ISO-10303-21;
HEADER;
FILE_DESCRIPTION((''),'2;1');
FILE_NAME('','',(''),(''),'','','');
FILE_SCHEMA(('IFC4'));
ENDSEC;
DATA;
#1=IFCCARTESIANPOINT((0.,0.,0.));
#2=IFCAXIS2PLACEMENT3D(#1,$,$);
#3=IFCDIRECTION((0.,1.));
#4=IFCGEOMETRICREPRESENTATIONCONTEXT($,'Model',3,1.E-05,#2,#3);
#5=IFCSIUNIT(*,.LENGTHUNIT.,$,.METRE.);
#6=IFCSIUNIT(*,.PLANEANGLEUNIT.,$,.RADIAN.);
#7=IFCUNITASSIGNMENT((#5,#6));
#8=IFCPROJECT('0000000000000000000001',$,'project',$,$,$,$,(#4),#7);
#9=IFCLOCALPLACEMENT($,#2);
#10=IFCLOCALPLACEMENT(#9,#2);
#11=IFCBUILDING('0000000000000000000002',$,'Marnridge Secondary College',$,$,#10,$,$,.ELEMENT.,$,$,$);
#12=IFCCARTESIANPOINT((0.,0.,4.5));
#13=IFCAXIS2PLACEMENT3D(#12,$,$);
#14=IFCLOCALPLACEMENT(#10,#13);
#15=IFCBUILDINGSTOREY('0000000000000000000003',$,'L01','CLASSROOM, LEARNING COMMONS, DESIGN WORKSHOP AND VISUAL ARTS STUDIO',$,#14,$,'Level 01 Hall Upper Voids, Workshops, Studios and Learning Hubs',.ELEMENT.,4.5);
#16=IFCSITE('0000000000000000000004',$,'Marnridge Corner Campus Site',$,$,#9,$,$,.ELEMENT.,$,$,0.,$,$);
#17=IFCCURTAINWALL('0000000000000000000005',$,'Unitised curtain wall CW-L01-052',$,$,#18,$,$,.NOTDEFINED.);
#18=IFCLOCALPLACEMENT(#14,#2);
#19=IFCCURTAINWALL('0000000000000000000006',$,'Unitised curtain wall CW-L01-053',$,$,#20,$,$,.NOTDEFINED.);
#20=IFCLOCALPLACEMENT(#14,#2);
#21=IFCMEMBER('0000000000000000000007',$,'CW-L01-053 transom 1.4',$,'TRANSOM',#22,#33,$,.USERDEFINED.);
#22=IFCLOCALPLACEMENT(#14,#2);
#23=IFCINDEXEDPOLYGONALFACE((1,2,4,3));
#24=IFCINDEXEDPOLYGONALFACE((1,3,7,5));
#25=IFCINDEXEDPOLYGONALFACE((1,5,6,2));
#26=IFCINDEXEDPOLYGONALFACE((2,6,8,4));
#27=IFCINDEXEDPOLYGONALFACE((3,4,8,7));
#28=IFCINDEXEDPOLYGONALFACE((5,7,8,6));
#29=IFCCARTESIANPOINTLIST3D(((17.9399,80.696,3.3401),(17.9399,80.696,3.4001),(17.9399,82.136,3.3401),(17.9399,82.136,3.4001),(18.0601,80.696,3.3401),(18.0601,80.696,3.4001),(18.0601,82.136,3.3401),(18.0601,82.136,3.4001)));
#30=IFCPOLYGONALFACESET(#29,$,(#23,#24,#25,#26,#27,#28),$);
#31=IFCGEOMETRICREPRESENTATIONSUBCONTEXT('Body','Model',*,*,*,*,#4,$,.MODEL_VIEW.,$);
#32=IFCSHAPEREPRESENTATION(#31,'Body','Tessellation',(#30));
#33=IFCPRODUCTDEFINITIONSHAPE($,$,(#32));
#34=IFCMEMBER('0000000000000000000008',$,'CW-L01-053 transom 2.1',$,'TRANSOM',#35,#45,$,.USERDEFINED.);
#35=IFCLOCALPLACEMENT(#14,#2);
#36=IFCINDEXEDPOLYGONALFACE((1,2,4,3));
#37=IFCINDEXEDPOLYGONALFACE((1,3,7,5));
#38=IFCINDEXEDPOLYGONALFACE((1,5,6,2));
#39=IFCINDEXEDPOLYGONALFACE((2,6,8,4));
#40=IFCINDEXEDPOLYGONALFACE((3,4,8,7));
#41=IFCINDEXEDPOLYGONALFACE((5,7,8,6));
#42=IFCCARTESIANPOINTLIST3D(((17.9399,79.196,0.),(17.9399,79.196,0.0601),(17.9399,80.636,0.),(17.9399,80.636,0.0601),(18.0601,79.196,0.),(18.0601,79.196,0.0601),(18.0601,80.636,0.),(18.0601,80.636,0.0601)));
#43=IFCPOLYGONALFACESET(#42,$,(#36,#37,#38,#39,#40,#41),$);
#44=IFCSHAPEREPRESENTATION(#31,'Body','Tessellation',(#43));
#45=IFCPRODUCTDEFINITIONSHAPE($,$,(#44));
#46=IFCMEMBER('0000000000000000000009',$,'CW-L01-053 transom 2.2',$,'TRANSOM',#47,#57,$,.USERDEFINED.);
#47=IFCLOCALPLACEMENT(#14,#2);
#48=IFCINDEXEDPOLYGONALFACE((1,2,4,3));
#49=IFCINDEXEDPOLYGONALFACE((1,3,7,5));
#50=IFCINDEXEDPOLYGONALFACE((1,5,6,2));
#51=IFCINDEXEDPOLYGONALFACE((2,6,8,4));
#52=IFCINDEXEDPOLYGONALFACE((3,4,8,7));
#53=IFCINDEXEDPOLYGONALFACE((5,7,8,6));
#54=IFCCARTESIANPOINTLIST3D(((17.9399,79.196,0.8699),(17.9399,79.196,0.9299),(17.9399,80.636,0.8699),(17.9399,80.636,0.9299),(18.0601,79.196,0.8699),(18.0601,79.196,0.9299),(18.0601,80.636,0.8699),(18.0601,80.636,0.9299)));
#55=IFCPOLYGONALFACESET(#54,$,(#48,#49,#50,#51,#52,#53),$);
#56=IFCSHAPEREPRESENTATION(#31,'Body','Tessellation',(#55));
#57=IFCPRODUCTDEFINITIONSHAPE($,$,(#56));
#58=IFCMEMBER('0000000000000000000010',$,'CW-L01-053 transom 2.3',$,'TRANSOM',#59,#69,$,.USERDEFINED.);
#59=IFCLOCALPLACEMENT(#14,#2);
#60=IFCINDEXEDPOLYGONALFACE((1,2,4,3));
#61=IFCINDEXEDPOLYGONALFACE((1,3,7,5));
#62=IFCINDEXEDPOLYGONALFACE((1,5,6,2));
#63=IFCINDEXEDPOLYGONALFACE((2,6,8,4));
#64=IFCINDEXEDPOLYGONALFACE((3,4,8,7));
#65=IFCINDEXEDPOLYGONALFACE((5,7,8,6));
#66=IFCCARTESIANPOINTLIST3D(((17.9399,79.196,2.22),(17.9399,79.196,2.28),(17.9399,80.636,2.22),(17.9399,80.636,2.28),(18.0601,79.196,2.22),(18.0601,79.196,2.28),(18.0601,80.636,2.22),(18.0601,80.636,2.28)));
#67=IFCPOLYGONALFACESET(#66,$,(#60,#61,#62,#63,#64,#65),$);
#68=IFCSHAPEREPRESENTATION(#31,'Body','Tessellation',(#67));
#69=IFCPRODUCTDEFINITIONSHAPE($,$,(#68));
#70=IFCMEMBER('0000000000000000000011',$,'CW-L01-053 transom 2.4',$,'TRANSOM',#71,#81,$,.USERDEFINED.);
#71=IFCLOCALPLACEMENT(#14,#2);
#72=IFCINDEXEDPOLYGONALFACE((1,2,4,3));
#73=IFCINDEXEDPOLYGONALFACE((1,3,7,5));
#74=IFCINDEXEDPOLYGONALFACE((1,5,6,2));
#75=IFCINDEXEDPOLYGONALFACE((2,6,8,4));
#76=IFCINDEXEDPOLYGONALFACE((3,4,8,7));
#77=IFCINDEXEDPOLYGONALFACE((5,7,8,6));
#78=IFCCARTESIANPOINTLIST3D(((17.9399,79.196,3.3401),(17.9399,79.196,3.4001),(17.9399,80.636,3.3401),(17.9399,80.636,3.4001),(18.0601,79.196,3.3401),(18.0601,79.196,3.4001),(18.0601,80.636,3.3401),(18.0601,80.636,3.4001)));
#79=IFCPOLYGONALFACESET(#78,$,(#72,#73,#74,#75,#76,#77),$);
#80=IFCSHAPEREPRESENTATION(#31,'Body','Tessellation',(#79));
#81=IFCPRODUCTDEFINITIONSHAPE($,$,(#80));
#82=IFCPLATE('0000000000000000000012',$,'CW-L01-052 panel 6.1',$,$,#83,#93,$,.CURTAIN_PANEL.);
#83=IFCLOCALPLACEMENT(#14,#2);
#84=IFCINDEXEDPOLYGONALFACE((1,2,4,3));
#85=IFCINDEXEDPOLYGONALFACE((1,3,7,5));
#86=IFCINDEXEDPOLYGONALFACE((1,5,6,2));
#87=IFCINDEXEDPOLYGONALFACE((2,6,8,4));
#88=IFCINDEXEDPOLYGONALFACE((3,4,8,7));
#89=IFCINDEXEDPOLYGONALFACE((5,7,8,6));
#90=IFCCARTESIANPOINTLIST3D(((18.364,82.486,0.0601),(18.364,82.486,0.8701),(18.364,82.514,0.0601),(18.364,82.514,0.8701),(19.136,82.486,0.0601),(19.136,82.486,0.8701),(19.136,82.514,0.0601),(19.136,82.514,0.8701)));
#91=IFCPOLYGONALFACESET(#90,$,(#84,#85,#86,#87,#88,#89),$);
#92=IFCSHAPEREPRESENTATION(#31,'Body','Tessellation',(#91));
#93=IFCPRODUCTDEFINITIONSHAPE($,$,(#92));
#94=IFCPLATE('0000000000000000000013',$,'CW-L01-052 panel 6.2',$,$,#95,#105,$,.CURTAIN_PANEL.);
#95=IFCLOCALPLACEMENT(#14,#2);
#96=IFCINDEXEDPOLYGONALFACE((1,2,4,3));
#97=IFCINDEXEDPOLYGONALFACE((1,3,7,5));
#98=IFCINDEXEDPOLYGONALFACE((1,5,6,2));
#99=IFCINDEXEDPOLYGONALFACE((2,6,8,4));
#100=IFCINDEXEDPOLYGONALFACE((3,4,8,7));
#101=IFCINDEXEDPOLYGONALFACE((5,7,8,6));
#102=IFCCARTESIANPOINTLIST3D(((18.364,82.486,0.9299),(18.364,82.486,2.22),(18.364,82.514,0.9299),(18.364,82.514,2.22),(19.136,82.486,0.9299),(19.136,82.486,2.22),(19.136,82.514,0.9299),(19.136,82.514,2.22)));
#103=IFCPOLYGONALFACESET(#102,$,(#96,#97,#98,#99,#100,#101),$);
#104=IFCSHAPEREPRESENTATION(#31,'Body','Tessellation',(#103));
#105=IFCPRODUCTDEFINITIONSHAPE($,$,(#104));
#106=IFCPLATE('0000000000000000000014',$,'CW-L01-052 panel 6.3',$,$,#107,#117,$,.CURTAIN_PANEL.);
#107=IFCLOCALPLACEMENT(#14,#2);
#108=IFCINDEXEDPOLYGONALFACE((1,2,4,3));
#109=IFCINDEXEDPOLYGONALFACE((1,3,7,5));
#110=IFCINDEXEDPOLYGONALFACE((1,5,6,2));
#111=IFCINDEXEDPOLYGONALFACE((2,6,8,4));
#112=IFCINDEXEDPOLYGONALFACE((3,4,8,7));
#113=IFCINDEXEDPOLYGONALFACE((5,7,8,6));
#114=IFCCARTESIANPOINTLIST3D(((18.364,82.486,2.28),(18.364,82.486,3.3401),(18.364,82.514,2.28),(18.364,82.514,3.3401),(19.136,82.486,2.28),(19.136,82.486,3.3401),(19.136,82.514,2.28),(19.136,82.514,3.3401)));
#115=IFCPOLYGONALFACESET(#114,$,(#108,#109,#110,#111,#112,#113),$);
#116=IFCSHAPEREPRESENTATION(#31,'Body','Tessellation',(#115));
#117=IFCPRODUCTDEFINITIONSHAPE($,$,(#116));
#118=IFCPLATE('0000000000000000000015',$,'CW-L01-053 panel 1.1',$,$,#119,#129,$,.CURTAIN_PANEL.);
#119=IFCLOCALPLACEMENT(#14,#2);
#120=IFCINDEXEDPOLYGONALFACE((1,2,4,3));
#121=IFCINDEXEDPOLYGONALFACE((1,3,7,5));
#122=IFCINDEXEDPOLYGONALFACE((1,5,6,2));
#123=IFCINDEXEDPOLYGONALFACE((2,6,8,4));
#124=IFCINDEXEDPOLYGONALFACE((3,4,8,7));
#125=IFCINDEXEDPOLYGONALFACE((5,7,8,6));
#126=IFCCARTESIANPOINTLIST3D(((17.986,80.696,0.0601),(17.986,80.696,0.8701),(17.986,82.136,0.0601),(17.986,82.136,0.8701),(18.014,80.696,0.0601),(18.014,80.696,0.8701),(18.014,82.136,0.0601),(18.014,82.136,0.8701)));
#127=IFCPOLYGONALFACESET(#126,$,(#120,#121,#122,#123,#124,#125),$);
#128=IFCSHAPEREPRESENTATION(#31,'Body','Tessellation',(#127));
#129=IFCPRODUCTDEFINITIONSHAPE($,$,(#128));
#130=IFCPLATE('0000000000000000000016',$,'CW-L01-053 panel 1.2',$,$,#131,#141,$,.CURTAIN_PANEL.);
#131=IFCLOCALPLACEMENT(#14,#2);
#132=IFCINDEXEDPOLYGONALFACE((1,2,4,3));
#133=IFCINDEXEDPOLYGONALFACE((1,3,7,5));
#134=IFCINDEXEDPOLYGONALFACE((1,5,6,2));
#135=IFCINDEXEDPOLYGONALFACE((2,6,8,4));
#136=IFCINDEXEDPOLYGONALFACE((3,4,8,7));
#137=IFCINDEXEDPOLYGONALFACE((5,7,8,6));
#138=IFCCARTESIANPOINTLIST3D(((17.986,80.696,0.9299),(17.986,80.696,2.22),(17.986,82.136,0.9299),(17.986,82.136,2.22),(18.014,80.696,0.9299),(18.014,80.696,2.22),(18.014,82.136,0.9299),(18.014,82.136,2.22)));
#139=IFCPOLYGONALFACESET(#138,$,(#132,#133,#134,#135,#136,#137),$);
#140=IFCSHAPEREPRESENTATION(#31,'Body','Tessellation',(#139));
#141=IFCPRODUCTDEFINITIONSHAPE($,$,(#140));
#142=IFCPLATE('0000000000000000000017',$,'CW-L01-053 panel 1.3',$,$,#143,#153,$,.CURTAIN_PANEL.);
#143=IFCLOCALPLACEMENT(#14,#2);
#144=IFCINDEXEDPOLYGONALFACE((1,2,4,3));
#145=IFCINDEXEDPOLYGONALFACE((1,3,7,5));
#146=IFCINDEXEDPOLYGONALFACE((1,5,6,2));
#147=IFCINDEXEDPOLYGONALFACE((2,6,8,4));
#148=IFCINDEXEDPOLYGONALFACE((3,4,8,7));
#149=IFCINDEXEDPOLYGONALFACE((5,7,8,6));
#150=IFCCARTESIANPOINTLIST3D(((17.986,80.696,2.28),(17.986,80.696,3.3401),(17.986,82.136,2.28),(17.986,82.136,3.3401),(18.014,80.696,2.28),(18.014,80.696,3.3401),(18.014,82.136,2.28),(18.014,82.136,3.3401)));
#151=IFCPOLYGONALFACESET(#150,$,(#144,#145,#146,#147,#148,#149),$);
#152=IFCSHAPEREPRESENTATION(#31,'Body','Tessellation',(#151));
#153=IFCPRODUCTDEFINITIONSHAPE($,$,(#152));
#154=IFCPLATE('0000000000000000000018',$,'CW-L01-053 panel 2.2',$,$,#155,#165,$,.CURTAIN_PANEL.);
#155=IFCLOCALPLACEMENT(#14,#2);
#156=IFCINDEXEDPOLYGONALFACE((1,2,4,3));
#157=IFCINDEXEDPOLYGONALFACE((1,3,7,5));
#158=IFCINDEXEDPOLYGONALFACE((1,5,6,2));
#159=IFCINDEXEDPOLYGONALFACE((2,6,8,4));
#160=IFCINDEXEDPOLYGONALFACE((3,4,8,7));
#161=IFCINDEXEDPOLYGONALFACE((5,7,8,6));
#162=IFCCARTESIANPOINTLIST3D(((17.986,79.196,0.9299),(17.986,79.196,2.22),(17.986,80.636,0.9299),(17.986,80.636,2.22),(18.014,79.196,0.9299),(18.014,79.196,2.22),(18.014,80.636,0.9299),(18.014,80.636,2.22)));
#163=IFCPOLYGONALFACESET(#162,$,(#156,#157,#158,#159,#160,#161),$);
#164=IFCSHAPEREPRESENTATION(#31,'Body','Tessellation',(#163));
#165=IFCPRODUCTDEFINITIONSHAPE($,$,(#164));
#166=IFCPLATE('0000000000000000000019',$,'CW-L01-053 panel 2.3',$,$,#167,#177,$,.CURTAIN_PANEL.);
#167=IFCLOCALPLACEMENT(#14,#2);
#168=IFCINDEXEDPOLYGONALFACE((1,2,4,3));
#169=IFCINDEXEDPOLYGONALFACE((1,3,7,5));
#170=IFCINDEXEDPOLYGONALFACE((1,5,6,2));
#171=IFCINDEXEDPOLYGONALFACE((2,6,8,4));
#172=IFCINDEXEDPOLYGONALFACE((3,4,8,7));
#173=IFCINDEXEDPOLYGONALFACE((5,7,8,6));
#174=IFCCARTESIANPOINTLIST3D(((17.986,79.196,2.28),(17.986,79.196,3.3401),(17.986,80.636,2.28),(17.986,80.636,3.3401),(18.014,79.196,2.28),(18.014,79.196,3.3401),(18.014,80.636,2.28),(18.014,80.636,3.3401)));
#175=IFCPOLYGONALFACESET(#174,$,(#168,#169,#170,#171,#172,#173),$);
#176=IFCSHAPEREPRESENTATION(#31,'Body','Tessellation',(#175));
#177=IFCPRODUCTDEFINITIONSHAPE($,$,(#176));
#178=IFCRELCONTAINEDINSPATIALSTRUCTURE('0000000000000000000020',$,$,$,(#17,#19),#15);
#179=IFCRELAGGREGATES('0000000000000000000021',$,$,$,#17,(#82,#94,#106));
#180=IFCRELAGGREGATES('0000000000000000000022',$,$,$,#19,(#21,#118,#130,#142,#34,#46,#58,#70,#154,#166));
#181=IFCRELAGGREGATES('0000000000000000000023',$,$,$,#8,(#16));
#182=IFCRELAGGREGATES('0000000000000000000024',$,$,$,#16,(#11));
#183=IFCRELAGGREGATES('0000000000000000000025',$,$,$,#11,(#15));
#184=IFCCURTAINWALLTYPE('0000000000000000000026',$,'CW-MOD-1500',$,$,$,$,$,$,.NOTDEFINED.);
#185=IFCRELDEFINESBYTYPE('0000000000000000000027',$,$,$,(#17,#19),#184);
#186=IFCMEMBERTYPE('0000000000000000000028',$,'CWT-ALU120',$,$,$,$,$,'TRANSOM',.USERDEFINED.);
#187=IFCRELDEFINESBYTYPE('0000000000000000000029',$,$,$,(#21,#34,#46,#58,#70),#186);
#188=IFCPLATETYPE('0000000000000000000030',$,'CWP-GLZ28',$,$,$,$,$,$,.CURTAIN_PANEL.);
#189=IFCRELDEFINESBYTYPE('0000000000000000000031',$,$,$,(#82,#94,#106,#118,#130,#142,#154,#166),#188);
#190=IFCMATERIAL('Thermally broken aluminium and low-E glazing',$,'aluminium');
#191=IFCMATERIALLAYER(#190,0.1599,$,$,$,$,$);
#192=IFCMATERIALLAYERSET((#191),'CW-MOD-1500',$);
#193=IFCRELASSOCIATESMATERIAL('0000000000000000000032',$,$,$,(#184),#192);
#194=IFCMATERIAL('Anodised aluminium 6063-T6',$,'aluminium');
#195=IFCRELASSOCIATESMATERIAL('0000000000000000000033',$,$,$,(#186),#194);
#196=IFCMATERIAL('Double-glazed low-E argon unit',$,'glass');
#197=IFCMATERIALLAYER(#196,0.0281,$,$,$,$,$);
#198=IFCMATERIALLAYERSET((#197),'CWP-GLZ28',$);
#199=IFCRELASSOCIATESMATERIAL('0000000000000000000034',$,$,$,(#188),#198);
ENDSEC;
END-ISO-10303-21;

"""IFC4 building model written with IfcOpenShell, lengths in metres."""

from ifc_helpers import new_model, si_unit, direction, frame, origin, origin_2d, place, context, subcontext, project, spatial, rectangle, extrude, material, layer, layer_set, material_profile, profile_set, type_object, element, aggregate, save


model = new_model("IFC4")

# Units and contexts
model_context = context("Model", 3, precision=1e-05, world=origin(), true_north=direction((0.0, 1.0)))
body_context = subcontext(model_context, "Body", "Model", "MODEL_VIEW")
ifc_project = project(units=[si_unit("LENGTHUNIT", "METRE"), si_unit("PLANEANGLEUNIT", "RADIAN")], contexts=[model_context])

# Site, building, storey
site_placement = place(None, origin())
site = spatial("IfcSite", under=ifc_project, at=site_placement, Name="Marnridge Corner Campus Site", CompositionType="ELEMENT", RefElevation=0.0)
building_placement = place(site_placement, origin())
building = spatial("IfcBuilding", under=site, at=building_placement, Name="Marnridge Secondary College", CompositionType="ELEMENT")
storey_placement = place(building_placement, frame((0.0, 0.0, 4.5)))
storey = spatial("IfcBuildingStorey", under=building, at=storey_placement, Name="L01", Description="CLASSROOM, LEARNING COMMONS, DESIGN WORKSHOP AND VISUAL ARTS STUDIO", LongName="Level 01 Hall Upper Voids, Workshops, Studios and Learning Hubs", CompositionType="ELEMENT", Elevation=4.5)

# Curtain wall
ifc_material_1 = material(Name="Thermally broken aluminium and low-E glazing", Category="aluminium")
ifc_layer_1 = layer(ifc_material_1, 0.1599)
ifc_layer_set_1 = layer_set([ifc_layer_1], Name="CW-MOD-1500")
curtain_wall_type = type_object("IfcCurtainWallType", Name="CW-MOD-1500", PredefinedType="NOTDEFINED", material=ifc_layer_set_1)
curtain_wall_1_placement = place(storey_placement, origin())
curtain_wall_1 = element("IfcCurtainWall", 1, at=curtain_wall_1_placement, inside=storey, type_object=curtain_wall_type, Name="Unitised curtain wall CW-L01-052", PredefinedType="NOTDEFINED")

# Curtain wall
curtain_wall_2_placement = place(storey_placement, origin())
curtain_wall_2 = element("IfcCurtainWall", 2, at=curtain_wall_2_placement, inside=storey, type_object=curtain_wall_type, Name="Unitised curtain wall CW-L01-053", PredefinedType="NOTDEFINED")

# Members
ifc_material_2 = material(Name="Anodised aluminium 6063-T6", Category="aluminium")
ifc_material_profile_1 = material_profile(ifc_material_2, rectangle(XDim=0.0601, YDim=0.1201, at=origin_2d()), Name="ALU 60x120")
ifc_profile_set_1 = profile_set([ifc_material_profile_1], Name="Anodised aluminium 6063-T6")
member_type_1 = type_object("IfcMemberType", Name="CWT-ALU120", ElementType="TRANSOM", PredefinedType="USERDEFINED", material=ifc_profile_set_1)
member_1_placement = place(storey_placement, frame((18.0, 82.136, 3.3701), z_axis=(0.0, -1.0, 0.0), x_axis=(0.0, 0.0, 1.0)))
member_1 = element("IfcMember", 3, at=member_1_placement, type_object=member_type_1, Name="CW-L01-053 transom 1.4", ObjectType="TRANSOM", PredefinedType="USERDEFINED", context=body_context, shape_type="SweptSolid", body=[
    extrude(rectangle(XDim=0.0601, YDim=0.1201, at=origin_2d()), origin(), (0.0, 0.0, 1.0), 1.4399),
])
member_2_placement = place(storey_placement, frame((18.0, 80.636, 0.03), z_axis=(0.0, -1.0, 0.0), x_axis=(0.0, 0.0, 1.0)))
member_2 = element("IfcMember", 4, at=member_2_placement, type_object=member_type_1, Name="CW-L01-053 transom 2.1", ObjectType="TRANSOM", PredefinedType="USERDEFINED", context=body_context, shape_type="SweptSolid", body=[
    extrude(rectangle(XDim=0.0601, YDim=0.1201, at=origin_2d()), origin(), (0.0, 0.0, 1.0), 1.4399),
])
member_3_placement = place(storey_placement, frame((18.0, 80.636, 0.8999), z_axis=(0.0, -1.0, 0.0), x_axis=(0.0, 0.0, 1.0)))
member_3 = element("IfcMember", 5, at=member_3_placement, type_object=member_type_1, Name="CW-L01-053 transom 2.2", ObjectType="TRANSOM", PredefinedType="USERDEFINED", context=body_context, shape_type="SweptSolid", body=[
    extrude(rectangle(XDim=0.0601, YDim=0.1201, at=origin_2d()), origin(), (0.0, 0.0, 1.0), 1.4399),
])
member_4_placement = place(storey_placement, frame((18.0, 80.636, 2.25), z_axis=(0.0, -1.0, 0.0), x_axis=(0.0, 0.0, 1.0)))
member_4 = element("IfcMember", 6, at=member_4_placement, type_object=member_type_1, Name="CW-L01-053 transom 2.3", ObjectType="TRANSOM", PredefinedType="USERDEFINED", context=body_context, shape_type="SweptSolid", body=[
    extrude(rectangle(XDim=0.0601, YDim=0.1201, at=origin_2d()), origin(), (0.0, 0.0, 1.0), 1.4399),
])
member_5_placement = place(storey_placement, frame((18.0, 80.636, 3.3701), z_axis=(0.0, -1.0, 0.0), x_axis=(0.0, 0.0, 1.0)))
member_5 = element("IfcMember", 7, at=member_5_placement, type_object=member_type_1, Name="CW-L01-053 transom 2.4", ObjectType="TRANSOM", PredefinedType="USERDEFINED", context=body_context, shape_type="SweptSolid", body=[
    extrude(rectangle(XDim=0.0601, YDim=0.1201, at=origin_2d()), origin(), (0.0, 0.0, 1.0), 1.4399),
])

# Plates
ifc_material_3 = material(Name="Double-glazed low-E argon unit", Category="glass")
ifc_layer_2 = layer(ifc_material_3, 0.0281)
ifc_layer_set_2 = layer_set([ifc_layer_2], Name="CWP-GLZ28")
plate_type = type_object("IfcPlateType", Name="CWP-GLZ28", PredefinedType="CURTAIN_PANEL", material=ifc_layer_set_2)
plate_1_placement = place(storey_placement, frame((18.75, 82.5, 0.0601), z_axis=(0.0, 0.0, 1.0), x_axis=(-1.0, 0.0, 0.0)))
plate_1 = element("IfcPlate", 8, at=plate_1_placement, type_object=plate_type, Name="CW-L01-052 panel 6.1", PredefinedType="CURTAIN_PANEL", context=body_context, shape_type="SweptSolid", body=[
    extrude(rectangle(XDim=0.772, YDim=0.0281, at=origin_2d()), origin(), (0.0, 0.0, 1.0), 0.8101),
])
plate_2_placement = place(storey_placement, frame((18.75, 82.5, 0.9299), z_axis=(0.0, 0.0, 1.0), x_axis=(-1.0, 0.0, 0.0)))
plate_2 = element("IfcPlate", 9, at=plate_2_placement, type_object=plate_type, Name="CW-L01-052 panel 6.2", PredefinedType="CURTAIN_PANEL", context=body_context, shape_type="SweptSolid", body=[
    extrude(rectangle(XDim=0.772, YDim=0.0281, at=origin_2d()), origin(), (0.0, 0.0, 1.0), 1.29),
])
plate_3_placement = place(storey_placement, frame((18.75, 82.5, 2.28), z_axis=(0.0, 0.0, 1.0), x_axis=(-1.0, 0.0, 0.0)))
plate_3 = element("IfcPlate", 10, at=plate_3_placement, type_object=plate_type, Name="CW-L01-052 panel 6.3", PredefinedType="CURTAIN_PANEL", context=body_context, shape_type="SweptSolid", body=[
    extrude(rectangle(XDim=0.772, YDim=0.0281, at=origin_2d()), origin(), (0.0, 0.0, 1.0), 1.0601),
])
aggregate(curtain_wall_1, [plate_1, plate_2, plate_3])
plate_4_placement = place(storey_placement, frame((18.0, 81.416, 0.0601), z_axis=(0.0, 0.0, 1.0), x_axis=(0.0, -1.0, 0.0)))
plate_4 = element("IfcPlate", 11, at=plate_4_placement, type_object=plate_type, Name="CW-L01-053 panel 1.1", PredefinedType="CURTAIN_PANEL", context=body_context, shape_type="SweptSolid", body=[
    extrude(rectangle(XDim=1.4399, YDim=0.0281, at=origin_2d()), origin(), (0.0, 0.0, 1.0), 0.8101),
])
plate_5_placement = place(storey_placement, frame((18.0, 81.416, 0.9299), z_axis=(0.0, 0.0, 1.0), x_axis=(0.0, -1.0, 0.0)))
plate_5 = element("IfcPlate", 12, at=plate_5_placement, type_object=plate_type, Name="CW-L01-053 panel 1.2", PredefinedType="CURTAIN_PANEL", context=body_context, shape_type="SweptSolid", body=[
    extrude(rectangle(XDim=1.4399, YDim=0.0281, at=origin_2d()), origin(), (0.0, 0.0, 1.0), 1.29),
])
plate_6_placement = place(storey_placement, frame((18.0, 81.416, 2.28), z_axis=(0.0, 0.0, 1.0), x_axis=(0.0, -1.0, 0.0)))
plate_6 = element("IfcPlate", 13, at=plate_6_placement, type_object=plate_type, Name="CW-L01-053 panel 1.3", PredefinedType="CURTAIN_PANEL", context=body_context, shape_type="SweptSolid", body=[
    extrude(rectangle(XDim=1.4399, YDim=0.0281, at=origin_2d()), origin(), (0.0, 0.0, 1.0), 1.0601),
])
plate_7_placement = place(storey_placement, frame((18.0, 79.916, 0.9299), z_axis=(0.0, 0.0, 1.0), x_axis=(0.0, -1.0, 0.0)))
plate_7 = element("IfcPlate", 14, at=plate_7_placement, type_object=plate_type, Name="CW-L01-053 panel 2.2", PredefinedType="CURTAIN_PANEL", context=body_context, shape_type="SweptSolid", body=[
    extrude(rectangle(XDim=1.4399, YDim=0.0281, at=origin_2d()), origin(), (0.0, 0.0, 1.0), 1.29),
])
plate_8_placement = place(storey_placement, frame((18.0, 79.916, 2.28), z_axis=(0.0, 0.0, 1.0), x_axis=(0.0, -1.0, 0.0)))
plate_8 = element("IfcPlate", 15, at=plate_8_placement, type_object=plate_type, Name="CW-L01-053 panel 2.3", PredefinedType="CURTAIN_PANEL", context=body_context, shape_type="SweptSolid", body=[
    extrude(rectangle(XDim=1.4399, YDim=0.0281, at=origin_2d()), origin(), (0.0, 0.0, 1.0), 1.0601),
])
aggregate(curtain_wall_2, [member_1, plate_4, plate_5, plate_6, member_2, member_3, member_4, member_5, plate_7, plate_8])

save(model, "model.ifc")
